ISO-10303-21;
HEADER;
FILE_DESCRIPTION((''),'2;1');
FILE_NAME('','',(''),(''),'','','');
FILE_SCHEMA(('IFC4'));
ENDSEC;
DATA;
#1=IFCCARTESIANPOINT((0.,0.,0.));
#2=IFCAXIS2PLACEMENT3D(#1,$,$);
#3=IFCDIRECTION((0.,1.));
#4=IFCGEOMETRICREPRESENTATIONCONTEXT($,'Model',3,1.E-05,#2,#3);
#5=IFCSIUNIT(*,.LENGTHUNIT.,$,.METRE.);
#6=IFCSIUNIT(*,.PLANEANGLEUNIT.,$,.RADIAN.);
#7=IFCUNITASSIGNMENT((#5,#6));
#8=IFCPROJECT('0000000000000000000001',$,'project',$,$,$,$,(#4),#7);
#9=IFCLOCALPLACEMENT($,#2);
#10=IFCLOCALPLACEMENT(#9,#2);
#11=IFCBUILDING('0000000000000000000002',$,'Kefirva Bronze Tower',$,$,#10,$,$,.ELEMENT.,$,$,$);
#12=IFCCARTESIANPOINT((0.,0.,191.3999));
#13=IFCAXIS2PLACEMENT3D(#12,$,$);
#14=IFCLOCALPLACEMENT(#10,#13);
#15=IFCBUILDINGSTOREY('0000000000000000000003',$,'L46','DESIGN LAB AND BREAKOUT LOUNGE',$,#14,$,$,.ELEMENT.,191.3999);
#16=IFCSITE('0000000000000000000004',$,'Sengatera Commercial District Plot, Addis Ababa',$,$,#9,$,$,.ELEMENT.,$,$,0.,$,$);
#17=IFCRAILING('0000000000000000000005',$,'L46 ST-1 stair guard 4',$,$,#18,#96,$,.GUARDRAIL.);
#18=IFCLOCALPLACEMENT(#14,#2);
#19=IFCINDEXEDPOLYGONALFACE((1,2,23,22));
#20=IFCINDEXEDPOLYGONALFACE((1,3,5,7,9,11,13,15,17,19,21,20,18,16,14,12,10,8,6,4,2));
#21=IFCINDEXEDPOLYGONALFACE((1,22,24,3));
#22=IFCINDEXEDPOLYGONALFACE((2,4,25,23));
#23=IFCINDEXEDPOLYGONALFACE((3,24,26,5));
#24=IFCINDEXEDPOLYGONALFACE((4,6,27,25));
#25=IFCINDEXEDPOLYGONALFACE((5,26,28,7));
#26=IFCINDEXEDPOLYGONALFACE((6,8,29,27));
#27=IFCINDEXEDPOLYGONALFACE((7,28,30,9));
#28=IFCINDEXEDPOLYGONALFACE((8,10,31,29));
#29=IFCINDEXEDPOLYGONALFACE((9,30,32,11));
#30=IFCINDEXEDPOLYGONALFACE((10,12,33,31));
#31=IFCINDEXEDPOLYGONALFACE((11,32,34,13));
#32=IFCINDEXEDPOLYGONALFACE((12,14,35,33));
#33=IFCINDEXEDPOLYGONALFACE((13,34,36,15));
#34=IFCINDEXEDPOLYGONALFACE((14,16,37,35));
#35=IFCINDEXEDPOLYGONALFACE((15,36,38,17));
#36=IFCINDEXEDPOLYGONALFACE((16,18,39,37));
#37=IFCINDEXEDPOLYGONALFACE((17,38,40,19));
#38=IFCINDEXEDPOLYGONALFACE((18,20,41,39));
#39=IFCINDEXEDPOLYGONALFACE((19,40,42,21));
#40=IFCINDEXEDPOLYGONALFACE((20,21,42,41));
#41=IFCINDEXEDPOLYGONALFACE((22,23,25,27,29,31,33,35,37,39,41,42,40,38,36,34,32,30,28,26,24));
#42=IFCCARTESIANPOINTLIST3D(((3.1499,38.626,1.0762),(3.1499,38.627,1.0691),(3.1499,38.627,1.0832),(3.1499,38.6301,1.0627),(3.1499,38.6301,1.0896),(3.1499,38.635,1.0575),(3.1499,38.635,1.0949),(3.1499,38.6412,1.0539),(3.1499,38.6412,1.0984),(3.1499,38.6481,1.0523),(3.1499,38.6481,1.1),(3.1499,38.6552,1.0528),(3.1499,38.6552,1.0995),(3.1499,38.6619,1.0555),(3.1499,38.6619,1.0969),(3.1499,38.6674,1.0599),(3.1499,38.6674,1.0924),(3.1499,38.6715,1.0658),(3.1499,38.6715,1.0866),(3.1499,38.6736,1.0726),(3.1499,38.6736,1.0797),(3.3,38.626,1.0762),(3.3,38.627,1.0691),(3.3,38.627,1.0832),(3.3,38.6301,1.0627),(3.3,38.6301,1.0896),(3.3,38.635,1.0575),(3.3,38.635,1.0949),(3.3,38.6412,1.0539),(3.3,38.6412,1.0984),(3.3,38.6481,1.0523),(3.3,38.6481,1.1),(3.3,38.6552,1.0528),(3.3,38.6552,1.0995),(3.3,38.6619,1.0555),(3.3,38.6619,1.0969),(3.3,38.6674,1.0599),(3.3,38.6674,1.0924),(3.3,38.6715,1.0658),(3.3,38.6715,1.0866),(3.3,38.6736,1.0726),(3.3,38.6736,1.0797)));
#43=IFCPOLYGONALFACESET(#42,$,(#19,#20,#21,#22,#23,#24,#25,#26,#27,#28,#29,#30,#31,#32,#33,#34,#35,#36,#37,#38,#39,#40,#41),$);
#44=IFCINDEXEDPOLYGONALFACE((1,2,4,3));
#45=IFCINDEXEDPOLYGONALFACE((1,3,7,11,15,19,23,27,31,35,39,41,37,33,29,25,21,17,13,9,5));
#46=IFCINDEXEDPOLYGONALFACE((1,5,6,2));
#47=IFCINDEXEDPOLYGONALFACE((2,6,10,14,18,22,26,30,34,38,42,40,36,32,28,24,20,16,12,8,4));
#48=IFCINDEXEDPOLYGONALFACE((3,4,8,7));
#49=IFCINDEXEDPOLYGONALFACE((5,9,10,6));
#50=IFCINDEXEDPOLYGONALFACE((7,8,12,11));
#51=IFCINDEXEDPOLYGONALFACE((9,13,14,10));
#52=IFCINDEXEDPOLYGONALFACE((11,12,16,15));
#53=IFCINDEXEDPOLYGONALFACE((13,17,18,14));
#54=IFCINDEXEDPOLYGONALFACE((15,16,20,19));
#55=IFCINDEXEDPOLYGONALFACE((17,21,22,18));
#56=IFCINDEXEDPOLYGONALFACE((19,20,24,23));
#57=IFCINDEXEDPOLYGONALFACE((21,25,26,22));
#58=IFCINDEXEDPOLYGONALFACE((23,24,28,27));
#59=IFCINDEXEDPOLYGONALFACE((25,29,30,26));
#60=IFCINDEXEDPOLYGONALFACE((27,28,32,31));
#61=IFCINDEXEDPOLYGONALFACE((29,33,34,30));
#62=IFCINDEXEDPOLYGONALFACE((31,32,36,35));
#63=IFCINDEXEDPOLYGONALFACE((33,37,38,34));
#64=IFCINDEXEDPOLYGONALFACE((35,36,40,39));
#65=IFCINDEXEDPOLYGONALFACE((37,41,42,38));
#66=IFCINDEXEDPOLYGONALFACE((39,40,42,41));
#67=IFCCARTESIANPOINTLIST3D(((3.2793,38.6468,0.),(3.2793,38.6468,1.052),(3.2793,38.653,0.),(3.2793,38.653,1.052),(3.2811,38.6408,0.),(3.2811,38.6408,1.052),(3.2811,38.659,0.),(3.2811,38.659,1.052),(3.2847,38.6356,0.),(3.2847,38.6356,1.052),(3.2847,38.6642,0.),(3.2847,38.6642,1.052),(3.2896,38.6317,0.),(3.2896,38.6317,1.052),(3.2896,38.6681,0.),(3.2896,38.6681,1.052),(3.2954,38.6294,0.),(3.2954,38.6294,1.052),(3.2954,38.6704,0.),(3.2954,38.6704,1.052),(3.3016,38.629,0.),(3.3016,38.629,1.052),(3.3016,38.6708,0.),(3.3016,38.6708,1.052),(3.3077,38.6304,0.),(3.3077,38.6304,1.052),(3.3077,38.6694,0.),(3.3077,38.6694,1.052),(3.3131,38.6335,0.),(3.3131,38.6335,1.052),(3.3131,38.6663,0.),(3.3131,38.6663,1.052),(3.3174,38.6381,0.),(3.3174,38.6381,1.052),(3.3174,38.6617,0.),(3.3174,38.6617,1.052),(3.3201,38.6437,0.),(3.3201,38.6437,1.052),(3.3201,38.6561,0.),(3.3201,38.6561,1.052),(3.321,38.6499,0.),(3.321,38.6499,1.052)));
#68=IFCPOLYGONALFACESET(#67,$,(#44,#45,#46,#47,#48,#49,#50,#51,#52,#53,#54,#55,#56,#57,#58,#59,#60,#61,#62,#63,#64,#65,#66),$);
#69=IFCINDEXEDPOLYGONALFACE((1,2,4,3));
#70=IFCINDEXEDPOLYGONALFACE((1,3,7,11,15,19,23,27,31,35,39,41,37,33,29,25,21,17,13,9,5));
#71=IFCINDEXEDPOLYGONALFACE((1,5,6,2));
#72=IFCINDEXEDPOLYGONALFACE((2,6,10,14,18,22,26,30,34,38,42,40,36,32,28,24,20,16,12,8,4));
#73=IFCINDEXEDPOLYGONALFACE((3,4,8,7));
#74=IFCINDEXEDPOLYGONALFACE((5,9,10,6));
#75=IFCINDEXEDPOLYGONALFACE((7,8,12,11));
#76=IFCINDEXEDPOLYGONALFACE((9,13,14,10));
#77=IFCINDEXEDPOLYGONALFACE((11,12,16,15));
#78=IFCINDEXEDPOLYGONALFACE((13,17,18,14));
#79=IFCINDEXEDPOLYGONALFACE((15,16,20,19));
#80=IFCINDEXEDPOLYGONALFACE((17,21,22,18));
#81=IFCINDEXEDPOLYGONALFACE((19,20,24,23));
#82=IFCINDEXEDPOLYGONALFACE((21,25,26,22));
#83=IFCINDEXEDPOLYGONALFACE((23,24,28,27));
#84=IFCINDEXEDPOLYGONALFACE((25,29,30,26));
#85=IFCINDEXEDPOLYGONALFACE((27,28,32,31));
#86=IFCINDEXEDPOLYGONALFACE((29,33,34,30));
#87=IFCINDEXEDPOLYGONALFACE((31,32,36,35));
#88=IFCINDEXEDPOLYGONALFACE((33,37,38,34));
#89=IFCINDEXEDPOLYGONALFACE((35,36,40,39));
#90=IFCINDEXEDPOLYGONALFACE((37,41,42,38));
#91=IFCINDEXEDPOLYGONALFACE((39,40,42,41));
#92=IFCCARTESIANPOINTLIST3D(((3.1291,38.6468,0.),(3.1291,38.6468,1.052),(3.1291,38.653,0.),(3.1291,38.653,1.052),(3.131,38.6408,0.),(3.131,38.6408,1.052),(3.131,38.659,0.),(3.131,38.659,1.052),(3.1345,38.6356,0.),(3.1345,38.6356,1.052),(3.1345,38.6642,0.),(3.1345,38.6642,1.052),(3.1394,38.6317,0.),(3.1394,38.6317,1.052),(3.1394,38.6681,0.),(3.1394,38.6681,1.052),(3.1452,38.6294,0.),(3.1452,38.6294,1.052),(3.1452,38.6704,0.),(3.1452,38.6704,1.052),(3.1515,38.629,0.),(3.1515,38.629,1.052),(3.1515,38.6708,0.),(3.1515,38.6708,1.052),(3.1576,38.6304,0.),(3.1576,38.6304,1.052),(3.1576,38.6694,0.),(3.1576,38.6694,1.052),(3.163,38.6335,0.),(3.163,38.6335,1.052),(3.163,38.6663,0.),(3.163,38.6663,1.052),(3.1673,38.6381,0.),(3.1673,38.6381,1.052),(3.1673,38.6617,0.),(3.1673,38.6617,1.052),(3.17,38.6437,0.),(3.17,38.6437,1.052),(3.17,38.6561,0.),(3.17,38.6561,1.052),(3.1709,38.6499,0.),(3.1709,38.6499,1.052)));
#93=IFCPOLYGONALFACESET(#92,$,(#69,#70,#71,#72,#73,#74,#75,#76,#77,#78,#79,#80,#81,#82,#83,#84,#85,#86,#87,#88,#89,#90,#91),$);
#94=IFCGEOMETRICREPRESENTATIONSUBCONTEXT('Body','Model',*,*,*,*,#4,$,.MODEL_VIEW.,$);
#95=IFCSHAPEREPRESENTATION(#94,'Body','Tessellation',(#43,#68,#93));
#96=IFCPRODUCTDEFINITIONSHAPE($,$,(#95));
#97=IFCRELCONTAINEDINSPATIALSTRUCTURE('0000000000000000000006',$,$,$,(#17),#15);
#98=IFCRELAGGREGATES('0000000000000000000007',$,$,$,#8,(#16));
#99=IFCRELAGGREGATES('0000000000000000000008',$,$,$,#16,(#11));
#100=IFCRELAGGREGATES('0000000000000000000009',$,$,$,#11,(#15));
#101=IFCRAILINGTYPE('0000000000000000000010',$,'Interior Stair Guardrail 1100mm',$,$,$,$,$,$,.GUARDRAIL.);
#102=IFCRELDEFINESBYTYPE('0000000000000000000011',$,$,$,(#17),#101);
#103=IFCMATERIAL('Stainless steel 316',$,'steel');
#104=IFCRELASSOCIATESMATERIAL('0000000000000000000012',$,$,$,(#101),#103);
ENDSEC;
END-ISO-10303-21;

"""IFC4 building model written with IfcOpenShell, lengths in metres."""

from ifc_helpers import new_model, si_unit, direction, frame, origin, origin_2d, place, context, subcontext, project, spatial, circle, extrude, material, type_object, element, save


model = new_model("IFC4")

# Units and contexts
model_context = context("Model", 3, precision=1e-05, world=origin(), true_north=direction((0.0, 1.0)))
body_context = subcontext(model_context, "Body", "Model", "MODEL_VIEW")
ifc_project = project(units=[si_unit("LENGTHUNIT", "METRE"), si_unit("PLANEANGLEUNIT", "RADIAN")], contexts=[model_context])

# Site, building, storey
site_placement = place(None, origin())
site = spatial("IfcSite", under=ifc_project, at=site_placement, Name="Sengatera Commercial District Plot, Addis Ababa", CompositionType="ELEMENT", RefElevation=0.0)
building_placement = place(site_placement, origin())
building = spatial("IfcBuilding", under=site, at=building_placement, Name="Kefirva Bronze Tower", CompositionType="ELEMENT")
storey_placement = place(building_placement, frame((0.0, 0.0, 191.3999)))
storey = spatial("IfcBuildingStorey", under=building, at=storey_placement, Name="L46", Description="DESIGN LAB AND BREAKOUT LOUNGE", CompositionType="ELEMENT", Elevation=191.3999)

# Railing
ifc_material_1 = material(Name="Stainless steel 316", Category="steel")
railing_type_1 = type_object("IfcRailingType", Name="Interior Stair Guardrail 1100mm", PredefinedType="GUARDRAIL", material=ifc_material_1)
railing_1_placement = place(storey_placement, frame((3.3, 38.6499, 0.0)))
element("IfcRailing", 1, at=railing_1_placement, inside=storey, type_object=railing_type_1, Name="L46 ST-1 stair guard 4", PredefinedType="GUARDRAIL", context=body_context, shape_type="SweptSolid", body=[
    extrude(circle(Radius=0.0239, at=origin_2d()), frame((0.0, 0.0, 1.0762), z_axis=(-1.0, 0.0, 0.0), x_axis=(0.0, -1.0, 0.0)), (0.0, 0.0, 1.0), 0.1501),
    extrude(circle(Radius=0.021, at=origin_2d()), origin(), (0.0, 0.0, 1.0), 1.052),
    extrude(circle(Radius=0.021, at=origin_2d()), frame((-0.1501, 0.0, 0.0)), (0.0, 0.0, 1.0), 1.052),
])

save(model, "model.ifc")
